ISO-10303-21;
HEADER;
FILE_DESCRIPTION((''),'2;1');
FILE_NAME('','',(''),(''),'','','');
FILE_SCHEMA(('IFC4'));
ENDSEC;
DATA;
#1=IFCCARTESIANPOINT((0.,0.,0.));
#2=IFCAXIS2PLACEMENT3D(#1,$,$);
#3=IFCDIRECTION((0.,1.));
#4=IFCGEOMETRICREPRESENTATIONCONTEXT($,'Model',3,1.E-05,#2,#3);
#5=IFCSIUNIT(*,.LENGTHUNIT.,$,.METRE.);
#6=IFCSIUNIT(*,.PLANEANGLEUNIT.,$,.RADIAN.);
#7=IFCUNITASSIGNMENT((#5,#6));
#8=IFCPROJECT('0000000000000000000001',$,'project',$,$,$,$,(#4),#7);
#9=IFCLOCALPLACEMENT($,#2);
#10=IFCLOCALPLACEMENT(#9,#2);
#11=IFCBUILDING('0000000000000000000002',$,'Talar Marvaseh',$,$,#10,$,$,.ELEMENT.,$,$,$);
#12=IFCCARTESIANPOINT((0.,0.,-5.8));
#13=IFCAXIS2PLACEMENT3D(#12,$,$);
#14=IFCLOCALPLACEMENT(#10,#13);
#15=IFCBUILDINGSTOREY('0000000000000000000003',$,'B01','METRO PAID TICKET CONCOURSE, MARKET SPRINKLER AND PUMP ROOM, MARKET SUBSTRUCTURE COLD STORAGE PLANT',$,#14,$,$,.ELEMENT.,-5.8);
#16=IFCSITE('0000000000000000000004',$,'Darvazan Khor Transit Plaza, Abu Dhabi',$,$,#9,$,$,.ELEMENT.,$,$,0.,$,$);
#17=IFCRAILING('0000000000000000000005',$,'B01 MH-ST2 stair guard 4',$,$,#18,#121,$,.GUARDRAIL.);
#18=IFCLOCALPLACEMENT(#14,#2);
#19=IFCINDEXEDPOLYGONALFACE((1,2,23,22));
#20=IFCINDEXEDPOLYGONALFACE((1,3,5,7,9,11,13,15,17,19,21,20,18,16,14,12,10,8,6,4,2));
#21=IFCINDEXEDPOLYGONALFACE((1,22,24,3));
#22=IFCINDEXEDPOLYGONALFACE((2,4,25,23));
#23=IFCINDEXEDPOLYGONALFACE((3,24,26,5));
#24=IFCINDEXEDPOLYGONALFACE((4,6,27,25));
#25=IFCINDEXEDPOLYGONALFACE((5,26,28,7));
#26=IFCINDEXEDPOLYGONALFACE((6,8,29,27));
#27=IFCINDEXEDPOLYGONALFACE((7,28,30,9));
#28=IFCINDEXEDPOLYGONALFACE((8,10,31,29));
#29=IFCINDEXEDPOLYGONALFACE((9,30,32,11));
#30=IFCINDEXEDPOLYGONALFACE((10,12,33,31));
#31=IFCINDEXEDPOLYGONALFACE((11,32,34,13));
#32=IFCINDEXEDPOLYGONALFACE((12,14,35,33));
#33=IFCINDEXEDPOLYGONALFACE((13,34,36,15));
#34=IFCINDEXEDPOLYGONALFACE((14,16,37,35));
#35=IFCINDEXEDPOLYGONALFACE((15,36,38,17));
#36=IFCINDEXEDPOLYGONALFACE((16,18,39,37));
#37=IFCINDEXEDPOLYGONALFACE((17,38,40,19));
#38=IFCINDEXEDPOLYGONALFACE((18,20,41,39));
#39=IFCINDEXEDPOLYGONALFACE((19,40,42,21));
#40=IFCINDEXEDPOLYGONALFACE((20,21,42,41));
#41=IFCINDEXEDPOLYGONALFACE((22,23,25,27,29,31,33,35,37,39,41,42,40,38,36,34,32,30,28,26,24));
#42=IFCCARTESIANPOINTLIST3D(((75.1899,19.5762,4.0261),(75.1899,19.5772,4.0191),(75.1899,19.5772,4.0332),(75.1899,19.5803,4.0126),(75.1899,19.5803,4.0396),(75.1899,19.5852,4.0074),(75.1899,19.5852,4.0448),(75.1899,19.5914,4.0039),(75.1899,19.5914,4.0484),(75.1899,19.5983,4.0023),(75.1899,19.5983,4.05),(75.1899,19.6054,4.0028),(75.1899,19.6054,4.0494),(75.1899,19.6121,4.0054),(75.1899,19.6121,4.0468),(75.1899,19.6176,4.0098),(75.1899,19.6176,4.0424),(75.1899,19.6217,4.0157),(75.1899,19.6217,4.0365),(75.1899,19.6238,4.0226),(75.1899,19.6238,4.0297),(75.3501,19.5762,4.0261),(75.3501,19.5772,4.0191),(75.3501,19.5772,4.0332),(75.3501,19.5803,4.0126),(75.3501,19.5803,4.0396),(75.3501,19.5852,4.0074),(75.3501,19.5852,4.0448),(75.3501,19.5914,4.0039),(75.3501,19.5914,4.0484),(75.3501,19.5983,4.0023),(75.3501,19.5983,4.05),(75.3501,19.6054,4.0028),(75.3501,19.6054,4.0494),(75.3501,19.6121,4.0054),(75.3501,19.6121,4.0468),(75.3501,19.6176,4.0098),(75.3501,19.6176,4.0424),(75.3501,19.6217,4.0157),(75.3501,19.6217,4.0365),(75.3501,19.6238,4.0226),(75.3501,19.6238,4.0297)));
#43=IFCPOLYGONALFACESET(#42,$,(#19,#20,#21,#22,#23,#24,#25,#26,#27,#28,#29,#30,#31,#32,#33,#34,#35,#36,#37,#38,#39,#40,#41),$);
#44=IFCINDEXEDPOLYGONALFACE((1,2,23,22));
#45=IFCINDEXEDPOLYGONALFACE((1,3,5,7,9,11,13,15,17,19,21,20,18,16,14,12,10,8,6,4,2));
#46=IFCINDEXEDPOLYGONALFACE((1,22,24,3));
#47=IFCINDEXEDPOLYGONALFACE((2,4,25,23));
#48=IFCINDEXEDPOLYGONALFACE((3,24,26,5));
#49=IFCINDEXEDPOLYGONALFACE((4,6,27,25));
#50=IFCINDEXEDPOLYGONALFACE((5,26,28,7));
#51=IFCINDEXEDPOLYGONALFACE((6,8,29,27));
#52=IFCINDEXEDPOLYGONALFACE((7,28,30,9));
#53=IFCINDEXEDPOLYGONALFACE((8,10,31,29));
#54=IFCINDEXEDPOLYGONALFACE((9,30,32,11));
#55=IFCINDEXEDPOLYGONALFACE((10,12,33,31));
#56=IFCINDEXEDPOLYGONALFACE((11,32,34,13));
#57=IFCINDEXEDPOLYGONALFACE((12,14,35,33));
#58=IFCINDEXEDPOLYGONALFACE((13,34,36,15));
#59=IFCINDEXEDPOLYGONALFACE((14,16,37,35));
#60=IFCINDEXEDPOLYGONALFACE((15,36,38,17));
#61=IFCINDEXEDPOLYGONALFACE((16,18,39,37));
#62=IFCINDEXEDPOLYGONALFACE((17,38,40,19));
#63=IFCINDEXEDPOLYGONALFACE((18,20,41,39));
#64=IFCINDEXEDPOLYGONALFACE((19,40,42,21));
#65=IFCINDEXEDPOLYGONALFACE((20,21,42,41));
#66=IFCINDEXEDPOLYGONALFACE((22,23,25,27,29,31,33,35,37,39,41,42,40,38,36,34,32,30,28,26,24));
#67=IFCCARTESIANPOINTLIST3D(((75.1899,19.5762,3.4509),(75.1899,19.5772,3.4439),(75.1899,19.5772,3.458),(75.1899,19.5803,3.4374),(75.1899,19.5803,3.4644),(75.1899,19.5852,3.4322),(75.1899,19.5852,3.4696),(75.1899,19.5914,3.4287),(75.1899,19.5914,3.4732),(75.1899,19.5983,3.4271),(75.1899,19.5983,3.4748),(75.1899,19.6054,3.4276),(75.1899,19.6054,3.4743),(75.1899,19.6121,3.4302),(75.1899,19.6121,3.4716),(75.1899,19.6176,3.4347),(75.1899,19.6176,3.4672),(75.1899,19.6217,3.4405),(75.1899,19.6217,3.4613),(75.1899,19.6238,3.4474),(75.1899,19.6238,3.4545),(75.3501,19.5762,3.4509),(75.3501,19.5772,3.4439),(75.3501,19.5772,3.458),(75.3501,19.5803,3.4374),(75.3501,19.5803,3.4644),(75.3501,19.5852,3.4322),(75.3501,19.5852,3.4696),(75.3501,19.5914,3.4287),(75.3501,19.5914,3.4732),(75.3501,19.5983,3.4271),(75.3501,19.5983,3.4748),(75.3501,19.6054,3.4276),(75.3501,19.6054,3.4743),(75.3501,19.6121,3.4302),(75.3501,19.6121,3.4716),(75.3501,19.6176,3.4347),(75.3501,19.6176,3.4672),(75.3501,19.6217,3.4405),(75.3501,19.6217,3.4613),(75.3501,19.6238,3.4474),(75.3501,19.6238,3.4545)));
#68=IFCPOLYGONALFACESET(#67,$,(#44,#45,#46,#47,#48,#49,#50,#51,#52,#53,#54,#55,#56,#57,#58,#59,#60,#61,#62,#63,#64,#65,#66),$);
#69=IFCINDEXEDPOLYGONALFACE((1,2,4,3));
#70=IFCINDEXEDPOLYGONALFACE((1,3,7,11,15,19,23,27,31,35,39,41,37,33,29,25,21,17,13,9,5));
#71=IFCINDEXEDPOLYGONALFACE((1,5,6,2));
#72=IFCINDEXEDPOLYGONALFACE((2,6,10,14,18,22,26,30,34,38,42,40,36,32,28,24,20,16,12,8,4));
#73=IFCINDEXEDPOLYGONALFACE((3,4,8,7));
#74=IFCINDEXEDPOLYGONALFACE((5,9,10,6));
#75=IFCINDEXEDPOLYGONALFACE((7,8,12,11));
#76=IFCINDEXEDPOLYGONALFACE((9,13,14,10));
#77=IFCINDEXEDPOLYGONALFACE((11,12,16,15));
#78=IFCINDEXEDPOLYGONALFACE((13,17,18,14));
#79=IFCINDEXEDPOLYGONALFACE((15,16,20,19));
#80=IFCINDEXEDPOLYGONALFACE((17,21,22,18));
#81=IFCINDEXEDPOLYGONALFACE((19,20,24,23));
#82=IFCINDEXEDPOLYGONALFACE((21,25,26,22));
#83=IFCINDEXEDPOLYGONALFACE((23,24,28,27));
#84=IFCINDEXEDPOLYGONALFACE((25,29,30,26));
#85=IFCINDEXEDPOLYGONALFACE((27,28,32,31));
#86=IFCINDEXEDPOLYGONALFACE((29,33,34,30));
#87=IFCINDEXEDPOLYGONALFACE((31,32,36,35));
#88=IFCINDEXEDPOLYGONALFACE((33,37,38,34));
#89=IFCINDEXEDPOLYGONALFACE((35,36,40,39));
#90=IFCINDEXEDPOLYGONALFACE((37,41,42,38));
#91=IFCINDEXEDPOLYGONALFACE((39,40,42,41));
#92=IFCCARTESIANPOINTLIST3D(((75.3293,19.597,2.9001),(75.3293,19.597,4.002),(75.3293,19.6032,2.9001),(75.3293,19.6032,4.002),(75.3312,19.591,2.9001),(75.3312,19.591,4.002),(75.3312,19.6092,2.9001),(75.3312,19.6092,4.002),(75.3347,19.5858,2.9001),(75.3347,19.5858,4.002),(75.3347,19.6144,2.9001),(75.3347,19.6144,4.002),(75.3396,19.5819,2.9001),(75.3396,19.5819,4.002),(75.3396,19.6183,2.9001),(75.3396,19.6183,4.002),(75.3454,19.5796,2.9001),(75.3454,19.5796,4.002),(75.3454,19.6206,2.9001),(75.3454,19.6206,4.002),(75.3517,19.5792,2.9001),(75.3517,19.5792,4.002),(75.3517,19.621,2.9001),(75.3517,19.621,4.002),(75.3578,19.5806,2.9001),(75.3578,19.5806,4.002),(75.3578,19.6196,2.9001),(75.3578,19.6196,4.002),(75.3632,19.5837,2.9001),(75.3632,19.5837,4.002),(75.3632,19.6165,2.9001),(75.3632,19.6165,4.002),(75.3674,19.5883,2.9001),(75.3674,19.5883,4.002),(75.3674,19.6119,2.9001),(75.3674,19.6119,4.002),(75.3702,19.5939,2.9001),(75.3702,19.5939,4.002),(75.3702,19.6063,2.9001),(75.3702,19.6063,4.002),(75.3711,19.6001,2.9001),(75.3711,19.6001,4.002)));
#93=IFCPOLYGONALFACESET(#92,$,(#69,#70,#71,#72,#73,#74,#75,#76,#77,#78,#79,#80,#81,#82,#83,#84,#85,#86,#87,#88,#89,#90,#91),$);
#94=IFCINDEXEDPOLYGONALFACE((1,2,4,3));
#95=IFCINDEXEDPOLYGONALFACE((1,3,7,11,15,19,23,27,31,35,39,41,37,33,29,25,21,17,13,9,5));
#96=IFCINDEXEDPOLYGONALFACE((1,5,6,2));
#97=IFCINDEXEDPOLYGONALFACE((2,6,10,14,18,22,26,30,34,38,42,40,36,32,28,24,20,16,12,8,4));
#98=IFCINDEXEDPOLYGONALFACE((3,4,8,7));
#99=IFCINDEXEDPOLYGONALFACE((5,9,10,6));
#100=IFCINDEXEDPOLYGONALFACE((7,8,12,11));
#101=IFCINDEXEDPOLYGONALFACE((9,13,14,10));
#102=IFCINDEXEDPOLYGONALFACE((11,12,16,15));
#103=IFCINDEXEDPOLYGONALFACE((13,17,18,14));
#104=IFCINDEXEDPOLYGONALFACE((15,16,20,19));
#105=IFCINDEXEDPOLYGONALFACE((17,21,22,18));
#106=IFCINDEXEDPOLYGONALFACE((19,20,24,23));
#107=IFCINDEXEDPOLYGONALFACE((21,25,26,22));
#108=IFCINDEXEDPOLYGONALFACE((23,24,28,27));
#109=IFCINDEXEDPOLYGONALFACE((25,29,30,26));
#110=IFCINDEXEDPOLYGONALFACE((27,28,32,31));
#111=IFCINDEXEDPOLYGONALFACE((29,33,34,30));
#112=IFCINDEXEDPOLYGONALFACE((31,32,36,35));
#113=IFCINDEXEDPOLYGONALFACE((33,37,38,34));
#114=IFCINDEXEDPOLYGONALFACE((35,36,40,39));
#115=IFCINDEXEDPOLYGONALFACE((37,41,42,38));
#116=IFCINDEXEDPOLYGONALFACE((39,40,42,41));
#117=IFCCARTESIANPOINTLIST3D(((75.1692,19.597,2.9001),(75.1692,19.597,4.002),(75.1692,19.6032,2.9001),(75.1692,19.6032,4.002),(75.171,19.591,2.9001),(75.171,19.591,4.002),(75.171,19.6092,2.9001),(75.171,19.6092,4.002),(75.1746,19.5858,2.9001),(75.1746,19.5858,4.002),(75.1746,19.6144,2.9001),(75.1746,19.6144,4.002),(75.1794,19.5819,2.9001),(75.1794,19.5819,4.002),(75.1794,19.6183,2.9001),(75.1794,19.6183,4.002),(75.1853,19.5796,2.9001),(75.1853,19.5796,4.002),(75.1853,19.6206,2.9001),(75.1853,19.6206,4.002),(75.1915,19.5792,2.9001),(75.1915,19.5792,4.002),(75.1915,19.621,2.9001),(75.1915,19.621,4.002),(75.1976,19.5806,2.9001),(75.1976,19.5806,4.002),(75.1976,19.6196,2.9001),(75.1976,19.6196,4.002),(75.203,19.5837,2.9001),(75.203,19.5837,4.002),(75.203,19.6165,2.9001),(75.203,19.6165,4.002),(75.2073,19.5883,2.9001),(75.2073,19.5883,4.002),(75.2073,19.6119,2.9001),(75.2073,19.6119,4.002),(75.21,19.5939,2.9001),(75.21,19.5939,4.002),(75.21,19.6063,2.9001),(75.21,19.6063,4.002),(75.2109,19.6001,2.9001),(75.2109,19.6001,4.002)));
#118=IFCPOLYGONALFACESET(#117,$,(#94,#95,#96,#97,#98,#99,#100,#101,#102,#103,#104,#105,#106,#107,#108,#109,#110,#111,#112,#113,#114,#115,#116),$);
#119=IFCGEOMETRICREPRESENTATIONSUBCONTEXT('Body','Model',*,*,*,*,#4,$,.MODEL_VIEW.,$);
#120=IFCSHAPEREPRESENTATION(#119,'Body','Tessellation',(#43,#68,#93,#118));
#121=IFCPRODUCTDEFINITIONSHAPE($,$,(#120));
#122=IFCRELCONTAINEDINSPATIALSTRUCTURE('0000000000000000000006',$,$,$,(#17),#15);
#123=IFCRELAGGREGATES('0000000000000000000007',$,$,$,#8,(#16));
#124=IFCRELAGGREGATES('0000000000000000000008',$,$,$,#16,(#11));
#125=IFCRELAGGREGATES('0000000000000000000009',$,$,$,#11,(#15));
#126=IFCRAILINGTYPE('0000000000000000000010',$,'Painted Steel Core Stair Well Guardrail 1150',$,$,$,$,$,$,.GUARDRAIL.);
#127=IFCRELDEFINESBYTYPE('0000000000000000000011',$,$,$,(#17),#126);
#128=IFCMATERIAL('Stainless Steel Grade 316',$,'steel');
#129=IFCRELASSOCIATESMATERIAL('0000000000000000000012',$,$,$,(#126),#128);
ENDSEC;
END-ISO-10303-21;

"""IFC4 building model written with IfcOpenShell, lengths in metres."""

from ifc_helpers import new_model, si_unit, direction, frame, origin, origin_2d, place, context, subcontext, project, spatial, circle, extrude, material, type_object, element, save


model = new_model("IFC4")

# Units and contexts
model_context = context("Model", 3, precision=1e-05, world=origin(), true_north=direction((0.0, 1.0)))
body_context = subcontext(model_context, "Body", "Model", "MODEL_VIEW")
ifc_project = project(units=[si_unit("LENGTHUNIT", "METRE"), si_unit("PLANEANGLEUNIT", "RADIAN")], contexts=[model_context])

# Site, building, storey
site_placement = place(None, origin())
site = spatial("IfcSite", under=ifc_project, at=site_placement, Name="Darvazan Khor Transit Plaza, Abu Dhabi", CompositionType="ELEMENT", RefElevation=0.0)
building_placement = place(site_placement, origin())
building = spatial("IfcBuilding", under=site, at=building_placement, Name="Talar Marvaseh", CompositionType="ELEMENT")
storey_placement = place(building_placement, frame((0.0, 0.0, -5.8)))
storey = spatial("IfcBuildingStorey", under=building, at=storey_placement, Name="B01", Description="METRO PAID TICKET CONCOURSE, MARKET SPRINKLER AND PUMP ROOM, MARKET SUBSTRUCTURE COLD STORAGE PLANT", CompositionType="ELEMENT", Elevation=-5.8)

# Railing
ifc_material_1 = material(Name="Stainless Steel Grade 316", Category="steel")
railing_type_1 = type_object("IfcRailingType", Name="Painted Steel Core Stair Well Guardrail 1150", PredefinedType="GUARDRAIL", material=ifc_material_1)
railing_1_placement = place(storey_placement, frame((75.3501, 19.6001, 2.9001)))
element("IfcRailing", 1, at=railing_1_placement, inside=storey, type_object=railing_type_1, Name="B01 MH-ST2 stair guard 4", PredefinedType="GUARDRAIL", context=body_context, shape_type="SweptSolid", body=[
    extrude(circle(Radius=0.0239, at=origin_2d()), frame((0.0, 0.0, 1.126), z_axis=(-1.0, 0.0, 0.0), x_axis=(0.0, -1.0, 0.0)), (0.0, 0.0, 1.0), 0.1602),
    extrude(circle(Radius=0.0239, at=origin_2d()), frame((0.0, 0.0, 0.5508), z_axis=(-1.0, 0.0, 0.0), x_axis=(0.0, -1.0, 0.0)), (0.0, 0.0, 1.0), 0.1602),
    extrude(circle(Radius=0.021, at=origin_2d()), origin(), (0.0, 0.0, 1.0), 1.1018),
    extrude(circle(Radius=0.021, at=origin_2d()), frame((-0.1602, 0.0, 0.0)), (0.0, 0.0, 1.0), 1.1018),
])

save(model, "model.ifc")
